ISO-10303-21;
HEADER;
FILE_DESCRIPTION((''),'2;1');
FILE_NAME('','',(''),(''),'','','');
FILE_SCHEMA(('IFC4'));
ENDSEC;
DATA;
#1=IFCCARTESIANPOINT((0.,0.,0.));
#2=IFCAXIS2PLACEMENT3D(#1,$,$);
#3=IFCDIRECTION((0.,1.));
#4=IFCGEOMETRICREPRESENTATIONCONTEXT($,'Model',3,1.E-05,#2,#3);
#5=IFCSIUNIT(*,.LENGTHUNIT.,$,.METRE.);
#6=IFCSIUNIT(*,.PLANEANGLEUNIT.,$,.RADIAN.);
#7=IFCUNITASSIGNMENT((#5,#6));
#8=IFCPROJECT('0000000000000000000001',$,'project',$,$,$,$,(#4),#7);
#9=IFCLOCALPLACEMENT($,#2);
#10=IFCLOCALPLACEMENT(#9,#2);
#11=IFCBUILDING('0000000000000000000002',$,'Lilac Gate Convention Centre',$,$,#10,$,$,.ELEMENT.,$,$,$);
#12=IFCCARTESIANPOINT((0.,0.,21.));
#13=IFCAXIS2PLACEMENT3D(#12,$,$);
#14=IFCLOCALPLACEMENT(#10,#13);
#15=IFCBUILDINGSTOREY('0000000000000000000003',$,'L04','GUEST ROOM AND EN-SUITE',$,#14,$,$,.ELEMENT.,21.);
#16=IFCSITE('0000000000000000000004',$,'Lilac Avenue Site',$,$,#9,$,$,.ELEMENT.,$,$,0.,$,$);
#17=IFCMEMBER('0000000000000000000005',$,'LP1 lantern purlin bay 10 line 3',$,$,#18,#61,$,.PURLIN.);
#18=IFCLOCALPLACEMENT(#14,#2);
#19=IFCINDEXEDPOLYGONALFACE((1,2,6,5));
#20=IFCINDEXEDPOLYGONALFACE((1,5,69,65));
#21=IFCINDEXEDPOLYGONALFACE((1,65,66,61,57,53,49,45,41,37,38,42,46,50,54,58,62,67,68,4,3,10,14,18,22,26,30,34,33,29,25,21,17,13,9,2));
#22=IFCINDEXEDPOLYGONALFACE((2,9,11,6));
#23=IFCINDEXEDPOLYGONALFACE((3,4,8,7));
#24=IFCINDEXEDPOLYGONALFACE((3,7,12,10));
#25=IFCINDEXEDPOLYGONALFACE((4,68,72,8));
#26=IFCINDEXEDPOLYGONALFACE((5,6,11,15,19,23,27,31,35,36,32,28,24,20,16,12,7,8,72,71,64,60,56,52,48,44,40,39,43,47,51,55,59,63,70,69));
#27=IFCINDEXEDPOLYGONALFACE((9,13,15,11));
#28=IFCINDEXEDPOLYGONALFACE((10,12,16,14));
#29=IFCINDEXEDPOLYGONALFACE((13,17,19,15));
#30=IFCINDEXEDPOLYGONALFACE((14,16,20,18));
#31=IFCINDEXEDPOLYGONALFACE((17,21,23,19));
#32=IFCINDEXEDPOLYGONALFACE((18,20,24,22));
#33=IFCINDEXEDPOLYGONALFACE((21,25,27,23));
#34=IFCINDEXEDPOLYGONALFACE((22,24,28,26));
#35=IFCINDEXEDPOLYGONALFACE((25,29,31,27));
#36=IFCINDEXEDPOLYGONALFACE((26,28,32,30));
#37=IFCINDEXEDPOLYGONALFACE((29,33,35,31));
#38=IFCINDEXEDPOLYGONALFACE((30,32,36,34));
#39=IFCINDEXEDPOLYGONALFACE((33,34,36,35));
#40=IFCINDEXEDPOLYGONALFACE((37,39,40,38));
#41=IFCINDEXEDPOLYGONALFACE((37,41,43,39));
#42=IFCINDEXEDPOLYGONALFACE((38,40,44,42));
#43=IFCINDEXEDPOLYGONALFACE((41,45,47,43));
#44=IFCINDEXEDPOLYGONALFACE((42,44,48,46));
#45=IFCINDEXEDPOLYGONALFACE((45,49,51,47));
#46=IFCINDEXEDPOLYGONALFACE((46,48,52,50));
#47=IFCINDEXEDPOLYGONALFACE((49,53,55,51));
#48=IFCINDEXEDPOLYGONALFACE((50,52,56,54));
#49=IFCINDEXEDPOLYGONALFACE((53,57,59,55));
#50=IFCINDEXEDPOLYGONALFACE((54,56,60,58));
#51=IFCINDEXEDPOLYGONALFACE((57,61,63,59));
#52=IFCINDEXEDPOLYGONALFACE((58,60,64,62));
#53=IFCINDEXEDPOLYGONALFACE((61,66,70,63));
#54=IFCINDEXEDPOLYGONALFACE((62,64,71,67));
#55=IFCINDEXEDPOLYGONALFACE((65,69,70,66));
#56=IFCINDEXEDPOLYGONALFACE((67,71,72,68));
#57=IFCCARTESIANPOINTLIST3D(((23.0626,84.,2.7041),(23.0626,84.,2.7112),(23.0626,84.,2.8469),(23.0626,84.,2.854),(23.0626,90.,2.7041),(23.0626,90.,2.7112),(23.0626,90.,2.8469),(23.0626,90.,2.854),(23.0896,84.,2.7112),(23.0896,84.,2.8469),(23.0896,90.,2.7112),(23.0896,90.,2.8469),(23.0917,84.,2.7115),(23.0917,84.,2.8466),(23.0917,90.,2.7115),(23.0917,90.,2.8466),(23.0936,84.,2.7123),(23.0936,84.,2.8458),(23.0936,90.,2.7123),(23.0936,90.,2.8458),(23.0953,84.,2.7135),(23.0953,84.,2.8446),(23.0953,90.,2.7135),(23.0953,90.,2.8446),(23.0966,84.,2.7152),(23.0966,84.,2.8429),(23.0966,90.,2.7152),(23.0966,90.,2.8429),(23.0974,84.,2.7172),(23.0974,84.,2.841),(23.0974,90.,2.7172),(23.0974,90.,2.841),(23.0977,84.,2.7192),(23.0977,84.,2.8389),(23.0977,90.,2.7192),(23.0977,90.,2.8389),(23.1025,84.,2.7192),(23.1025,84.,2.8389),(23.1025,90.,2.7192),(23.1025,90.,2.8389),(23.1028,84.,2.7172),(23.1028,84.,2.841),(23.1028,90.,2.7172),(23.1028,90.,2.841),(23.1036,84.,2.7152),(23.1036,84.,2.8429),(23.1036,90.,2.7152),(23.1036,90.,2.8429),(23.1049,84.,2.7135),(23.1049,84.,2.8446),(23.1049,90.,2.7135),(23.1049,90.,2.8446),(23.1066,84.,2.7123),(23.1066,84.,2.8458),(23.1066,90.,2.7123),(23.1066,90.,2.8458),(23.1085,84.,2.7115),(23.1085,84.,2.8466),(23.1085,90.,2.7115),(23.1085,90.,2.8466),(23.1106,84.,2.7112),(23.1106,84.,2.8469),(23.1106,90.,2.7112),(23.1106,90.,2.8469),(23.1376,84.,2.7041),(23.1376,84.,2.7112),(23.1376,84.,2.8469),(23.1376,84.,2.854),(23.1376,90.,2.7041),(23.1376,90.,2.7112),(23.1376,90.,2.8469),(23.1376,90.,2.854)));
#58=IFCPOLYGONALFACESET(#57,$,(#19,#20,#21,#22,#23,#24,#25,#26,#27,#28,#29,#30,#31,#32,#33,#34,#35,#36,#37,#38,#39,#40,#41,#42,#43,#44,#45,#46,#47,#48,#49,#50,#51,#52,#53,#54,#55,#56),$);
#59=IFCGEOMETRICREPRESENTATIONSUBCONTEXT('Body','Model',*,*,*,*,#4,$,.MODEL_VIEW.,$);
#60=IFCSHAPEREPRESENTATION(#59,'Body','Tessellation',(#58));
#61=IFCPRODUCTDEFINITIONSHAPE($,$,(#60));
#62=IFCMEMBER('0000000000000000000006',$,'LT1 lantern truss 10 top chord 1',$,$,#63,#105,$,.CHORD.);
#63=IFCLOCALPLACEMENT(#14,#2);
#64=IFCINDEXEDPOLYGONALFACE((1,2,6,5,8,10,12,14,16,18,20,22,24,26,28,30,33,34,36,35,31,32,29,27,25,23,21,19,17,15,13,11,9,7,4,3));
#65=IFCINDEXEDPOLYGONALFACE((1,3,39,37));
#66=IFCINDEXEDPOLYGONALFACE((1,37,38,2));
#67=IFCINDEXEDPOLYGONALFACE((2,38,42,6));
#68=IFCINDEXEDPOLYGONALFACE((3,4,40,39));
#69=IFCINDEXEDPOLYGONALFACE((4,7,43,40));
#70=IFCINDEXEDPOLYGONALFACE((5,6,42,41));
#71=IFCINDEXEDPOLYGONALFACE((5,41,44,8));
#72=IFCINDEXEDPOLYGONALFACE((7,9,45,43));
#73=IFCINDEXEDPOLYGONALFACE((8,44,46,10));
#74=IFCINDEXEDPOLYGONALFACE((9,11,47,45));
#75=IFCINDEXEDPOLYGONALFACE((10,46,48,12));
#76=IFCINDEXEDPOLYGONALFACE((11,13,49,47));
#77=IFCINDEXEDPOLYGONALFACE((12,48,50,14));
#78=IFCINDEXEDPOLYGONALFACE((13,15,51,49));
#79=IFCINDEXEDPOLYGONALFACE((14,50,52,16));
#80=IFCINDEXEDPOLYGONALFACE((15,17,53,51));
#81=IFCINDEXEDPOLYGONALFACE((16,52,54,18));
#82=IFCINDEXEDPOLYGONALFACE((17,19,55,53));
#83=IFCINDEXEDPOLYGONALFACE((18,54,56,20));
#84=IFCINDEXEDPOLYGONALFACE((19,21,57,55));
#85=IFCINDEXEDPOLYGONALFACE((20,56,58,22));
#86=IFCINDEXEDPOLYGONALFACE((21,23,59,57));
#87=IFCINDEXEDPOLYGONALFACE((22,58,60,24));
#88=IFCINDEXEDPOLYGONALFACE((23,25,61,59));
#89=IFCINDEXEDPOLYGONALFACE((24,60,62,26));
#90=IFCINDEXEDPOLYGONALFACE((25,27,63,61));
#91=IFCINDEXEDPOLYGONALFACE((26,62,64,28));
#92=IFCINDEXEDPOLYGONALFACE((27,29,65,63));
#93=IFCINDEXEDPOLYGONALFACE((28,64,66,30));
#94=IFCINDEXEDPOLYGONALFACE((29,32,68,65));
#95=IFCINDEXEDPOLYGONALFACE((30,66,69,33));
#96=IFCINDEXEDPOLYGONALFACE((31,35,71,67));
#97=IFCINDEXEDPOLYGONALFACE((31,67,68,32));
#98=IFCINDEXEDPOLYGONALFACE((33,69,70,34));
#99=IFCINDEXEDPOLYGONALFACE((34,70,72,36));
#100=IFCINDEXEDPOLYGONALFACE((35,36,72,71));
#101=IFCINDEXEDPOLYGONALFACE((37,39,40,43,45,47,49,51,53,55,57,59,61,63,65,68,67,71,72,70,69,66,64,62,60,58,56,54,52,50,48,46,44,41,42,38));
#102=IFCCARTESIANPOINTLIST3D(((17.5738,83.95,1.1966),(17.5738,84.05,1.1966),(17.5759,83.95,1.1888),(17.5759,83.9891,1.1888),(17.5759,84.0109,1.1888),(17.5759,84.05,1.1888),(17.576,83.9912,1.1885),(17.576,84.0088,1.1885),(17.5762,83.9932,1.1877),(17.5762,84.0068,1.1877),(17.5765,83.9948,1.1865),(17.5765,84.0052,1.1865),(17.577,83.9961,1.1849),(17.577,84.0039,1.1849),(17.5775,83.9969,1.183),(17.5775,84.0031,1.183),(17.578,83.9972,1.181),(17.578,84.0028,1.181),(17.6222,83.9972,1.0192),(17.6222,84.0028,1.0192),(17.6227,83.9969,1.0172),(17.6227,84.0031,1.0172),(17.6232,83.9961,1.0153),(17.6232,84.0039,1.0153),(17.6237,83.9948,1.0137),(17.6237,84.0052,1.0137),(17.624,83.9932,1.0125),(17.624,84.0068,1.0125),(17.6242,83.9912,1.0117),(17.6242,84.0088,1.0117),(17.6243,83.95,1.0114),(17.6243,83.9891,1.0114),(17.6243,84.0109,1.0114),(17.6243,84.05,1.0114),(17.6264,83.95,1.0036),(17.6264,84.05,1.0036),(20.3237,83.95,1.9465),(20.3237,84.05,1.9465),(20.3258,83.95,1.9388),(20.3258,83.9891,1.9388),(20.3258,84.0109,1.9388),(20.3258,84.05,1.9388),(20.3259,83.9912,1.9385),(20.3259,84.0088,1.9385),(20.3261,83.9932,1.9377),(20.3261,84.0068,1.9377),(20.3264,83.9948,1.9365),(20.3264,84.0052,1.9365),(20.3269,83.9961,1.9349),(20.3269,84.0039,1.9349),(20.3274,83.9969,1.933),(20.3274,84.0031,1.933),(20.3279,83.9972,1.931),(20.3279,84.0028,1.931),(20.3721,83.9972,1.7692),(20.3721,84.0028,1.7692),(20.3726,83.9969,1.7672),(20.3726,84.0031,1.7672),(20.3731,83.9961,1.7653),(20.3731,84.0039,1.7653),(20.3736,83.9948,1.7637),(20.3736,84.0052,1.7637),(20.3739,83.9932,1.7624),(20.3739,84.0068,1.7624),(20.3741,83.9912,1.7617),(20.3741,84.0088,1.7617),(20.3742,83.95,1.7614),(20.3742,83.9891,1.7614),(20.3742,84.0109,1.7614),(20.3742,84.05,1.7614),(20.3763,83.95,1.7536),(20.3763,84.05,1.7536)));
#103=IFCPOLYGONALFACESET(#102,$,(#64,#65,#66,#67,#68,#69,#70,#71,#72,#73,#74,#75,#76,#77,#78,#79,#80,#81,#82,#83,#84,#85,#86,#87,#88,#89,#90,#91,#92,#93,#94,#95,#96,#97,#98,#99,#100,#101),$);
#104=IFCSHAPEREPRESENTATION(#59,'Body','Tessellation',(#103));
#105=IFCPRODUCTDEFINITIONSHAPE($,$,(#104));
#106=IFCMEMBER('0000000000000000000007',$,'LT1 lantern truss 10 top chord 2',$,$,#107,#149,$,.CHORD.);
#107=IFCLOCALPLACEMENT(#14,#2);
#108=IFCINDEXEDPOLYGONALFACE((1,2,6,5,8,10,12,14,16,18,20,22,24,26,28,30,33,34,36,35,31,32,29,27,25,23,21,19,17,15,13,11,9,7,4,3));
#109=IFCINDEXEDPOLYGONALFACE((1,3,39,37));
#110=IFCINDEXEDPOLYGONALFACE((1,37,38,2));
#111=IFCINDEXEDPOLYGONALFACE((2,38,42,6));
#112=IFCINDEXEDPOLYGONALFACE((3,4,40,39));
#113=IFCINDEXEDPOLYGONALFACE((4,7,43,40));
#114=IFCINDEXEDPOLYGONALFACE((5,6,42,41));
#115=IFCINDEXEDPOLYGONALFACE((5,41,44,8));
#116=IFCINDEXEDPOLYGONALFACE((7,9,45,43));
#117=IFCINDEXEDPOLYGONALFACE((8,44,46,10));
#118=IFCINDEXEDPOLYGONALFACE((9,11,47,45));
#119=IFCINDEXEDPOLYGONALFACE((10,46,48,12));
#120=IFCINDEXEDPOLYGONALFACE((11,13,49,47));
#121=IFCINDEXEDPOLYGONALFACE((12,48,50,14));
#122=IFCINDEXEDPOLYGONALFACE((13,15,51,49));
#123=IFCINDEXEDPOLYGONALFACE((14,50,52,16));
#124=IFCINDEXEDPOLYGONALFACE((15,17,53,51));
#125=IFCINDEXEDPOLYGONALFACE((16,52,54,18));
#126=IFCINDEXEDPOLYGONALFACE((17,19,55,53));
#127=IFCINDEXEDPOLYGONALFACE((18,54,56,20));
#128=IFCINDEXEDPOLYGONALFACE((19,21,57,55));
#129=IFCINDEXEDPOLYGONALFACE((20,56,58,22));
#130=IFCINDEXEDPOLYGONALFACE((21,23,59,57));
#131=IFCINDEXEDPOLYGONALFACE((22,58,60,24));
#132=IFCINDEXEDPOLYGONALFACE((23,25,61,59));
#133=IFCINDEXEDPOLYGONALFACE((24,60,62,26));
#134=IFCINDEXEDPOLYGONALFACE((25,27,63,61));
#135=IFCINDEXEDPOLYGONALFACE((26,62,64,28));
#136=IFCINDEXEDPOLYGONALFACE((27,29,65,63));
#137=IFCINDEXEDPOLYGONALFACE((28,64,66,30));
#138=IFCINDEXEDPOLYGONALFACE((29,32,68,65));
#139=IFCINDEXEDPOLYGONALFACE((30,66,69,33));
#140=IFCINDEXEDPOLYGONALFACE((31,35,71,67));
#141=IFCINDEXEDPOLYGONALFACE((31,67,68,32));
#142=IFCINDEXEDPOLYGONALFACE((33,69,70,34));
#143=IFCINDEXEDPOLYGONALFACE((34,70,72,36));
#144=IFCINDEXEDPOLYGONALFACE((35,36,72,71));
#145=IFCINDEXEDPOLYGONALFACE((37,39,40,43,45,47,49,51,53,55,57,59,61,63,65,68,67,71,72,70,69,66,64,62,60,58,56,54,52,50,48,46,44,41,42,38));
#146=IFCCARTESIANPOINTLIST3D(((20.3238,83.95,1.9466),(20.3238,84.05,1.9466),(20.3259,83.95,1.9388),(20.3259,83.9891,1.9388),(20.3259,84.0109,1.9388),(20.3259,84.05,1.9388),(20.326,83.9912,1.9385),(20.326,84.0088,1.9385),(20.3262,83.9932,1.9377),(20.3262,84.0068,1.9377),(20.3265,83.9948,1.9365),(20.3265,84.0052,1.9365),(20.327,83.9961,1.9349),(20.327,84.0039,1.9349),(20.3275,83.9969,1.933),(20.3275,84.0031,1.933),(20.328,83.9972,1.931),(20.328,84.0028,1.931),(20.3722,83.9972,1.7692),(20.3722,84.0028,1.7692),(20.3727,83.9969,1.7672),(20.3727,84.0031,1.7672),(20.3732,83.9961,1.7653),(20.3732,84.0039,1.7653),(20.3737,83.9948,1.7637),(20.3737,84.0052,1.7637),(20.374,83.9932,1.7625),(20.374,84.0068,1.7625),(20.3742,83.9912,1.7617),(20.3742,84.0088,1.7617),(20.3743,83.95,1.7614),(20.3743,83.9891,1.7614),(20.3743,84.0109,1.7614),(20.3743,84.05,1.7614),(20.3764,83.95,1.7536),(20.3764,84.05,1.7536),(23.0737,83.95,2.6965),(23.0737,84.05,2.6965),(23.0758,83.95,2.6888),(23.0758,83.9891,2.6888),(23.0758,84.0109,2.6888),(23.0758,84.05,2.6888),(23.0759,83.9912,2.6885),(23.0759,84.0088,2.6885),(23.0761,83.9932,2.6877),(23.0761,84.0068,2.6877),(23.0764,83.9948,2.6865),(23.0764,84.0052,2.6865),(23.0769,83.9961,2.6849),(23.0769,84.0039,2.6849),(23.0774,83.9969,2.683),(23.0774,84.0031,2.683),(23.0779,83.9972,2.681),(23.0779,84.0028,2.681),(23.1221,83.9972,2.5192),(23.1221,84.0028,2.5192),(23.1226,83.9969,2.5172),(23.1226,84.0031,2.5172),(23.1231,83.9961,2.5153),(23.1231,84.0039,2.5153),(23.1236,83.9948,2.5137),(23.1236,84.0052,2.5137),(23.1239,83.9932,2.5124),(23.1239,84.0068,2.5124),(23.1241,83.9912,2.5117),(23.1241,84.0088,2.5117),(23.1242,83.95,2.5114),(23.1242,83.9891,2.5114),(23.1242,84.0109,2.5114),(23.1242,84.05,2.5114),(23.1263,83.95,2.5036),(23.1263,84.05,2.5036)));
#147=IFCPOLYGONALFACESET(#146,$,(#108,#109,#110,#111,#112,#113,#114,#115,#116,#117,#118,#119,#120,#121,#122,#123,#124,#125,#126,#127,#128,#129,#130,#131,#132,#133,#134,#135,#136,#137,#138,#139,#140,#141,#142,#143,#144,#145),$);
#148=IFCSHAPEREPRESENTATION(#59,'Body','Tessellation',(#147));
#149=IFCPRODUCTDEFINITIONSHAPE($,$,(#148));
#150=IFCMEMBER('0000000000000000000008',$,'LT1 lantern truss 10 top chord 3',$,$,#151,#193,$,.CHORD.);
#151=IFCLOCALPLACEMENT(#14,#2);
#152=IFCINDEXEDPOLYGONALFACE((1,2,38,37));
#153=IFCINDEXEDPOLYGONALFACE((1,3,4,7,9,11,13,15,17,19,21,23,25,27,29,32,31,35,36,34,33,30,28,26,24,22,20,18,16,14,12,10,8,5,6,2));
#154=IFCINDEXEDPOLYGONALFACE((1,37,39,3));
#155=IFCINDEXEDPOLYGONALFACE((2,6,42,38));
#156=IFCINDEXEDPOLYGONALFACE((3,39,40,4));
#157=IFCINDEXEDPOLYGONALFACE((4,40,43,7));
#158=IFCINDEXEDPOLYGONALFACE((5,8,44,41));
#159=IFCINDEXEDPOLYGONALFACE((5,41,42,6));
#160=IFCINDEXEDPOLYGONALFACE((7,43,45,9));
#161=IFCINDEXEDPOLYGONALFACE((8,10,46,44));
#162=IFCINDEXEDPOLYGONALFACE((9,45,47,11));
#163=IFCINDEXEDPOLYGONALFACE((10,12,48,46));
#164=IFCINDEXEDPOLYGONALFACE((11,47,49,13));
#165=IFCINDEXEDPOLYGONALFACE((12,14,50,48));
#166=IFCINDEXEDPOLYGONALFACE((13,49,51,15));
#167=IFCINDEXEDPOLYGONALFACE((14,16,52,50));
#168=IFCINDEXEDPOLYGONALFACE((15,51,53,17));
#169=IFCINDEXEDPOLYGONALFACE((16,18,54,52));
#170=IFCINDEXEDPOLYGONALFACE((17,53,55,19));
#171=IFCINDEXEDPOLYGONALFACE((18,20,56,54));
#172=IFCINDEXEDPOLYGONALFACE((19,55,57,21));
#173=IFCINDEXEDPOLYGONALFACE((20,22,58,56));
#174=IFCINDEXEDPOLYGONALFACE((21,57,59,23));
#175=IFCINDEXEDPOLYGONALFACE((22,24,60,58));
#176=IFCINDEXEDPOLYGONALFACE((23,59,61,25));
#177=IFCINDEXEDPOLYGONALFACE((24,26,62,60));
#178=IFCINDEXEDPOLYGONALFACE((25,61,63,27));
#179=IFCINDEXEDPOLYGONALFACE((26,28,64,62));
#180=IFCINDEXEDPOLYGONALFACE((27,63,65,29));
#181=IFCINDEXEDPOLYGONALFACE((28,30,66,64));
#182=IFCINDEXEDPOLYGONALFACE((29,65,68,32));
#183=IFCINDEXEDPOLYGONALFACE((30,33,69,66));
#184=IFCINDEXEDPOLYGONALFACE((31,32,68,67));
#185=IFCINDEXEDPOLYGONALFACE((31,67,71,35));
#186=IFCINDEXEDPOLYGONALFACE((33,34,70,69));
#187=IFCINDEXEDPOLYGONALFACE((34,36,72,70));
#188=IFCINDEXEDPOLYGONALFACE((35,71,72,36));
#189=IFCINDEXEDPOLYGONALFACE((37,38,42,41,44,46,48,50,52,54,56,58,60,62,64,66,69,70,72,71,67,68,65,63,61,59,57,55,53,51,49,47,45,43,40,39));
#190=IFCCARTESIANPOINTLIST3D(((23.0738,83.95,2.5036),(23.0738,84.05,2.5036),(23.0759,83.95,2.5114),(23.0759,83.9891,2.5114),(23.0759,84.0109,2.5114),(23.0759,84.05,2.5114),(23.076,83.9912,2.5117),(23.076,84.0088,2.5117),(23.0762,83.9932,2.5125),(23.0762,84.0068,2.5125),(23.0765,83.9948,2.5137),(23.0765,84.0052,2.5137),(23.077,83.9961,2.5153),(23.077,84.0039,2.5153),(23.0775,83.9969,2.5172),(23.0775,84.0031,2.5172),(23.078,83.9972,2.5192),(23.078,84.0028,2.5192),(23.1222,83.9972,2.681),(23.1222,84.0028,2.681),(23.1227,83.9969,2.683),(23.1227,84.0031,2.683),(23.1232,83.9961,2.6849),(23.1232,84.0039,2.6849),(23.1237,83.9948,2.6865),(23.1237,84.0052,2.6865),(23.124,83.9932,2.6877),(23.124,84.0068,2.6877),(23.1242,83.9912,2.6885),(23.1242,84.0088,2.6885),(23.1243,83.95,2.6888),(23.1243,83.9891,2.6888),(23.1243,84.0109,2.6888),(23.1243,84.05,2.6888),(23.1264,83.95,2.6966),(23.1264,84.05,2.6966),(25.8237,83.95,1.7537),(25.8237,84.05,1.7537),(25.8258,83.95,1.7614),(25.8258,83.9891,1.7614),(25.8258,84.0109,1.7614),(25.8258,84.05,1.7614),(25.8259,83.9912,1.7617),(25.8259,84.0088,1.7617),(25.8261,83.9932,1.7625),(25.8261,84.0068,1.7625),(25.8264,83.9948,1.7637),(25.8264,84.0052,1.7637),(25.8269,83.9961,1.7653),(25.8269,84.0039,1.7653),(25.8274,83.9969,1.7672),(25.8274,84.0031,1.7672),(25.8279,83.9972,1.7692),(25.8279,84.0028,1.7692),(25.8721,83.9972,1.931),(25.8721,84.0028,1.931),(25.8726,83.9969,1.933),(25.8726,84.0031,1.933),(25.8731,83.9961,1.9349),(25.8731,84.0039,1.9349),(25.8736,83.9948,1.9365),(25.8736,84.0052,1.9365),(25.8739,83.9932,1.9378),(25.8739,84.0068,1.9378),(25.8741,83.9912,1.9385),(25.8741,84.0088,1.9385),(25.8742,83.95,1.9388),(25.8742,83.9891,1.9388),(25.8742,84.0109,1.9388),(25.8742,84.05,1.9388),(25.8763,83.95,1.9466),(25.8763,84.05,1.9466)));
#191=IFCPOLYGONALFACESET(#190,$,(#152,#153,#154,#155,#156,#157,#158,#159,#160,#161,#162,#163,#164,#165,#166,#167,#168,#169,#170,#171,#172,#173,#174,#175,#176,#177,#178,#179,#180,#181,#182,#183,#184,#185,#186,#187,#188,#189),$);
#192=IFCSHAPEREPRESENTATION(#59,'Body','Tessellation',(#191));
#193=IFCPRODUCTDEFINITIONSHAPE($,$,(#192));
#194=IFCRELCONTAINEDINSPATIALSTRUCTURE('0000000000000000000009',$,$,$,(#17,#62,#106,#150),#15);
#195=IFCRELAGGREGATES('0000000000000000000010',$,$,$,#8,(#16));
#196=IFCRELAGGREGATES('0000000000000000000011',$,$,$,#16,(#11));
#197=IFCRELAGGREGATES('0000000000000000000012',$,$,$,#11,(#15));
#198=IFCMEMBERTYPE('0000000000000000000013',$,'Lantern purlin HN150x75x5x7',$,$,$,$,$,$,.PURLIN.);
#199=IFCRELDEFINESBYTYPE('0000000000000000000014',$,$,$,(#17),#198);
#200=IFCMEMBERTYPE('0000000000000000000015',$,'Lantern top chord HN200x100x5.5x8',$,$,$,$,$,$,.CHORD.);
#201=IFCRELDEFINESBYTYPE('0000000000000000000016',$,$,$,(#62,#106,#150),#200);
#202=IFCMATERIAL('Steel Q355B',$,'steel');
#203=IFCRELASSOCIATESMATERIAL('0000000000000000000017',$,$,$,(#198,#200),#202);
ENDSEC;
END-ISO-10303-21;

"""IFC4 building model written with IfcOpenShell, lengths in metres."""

from ifc_helpers import new_model, si_unit, direction, frame, origin, origin_2d, place, context, subcontext, project, spatial, i_section, extrude, material, material_profile, profile_set, type_object, element, save


model = new_model("IFC4")

# Units and contexts
model_context = context("Model", 3, precision=1e-05, world=origin(), true_north=direction((0.0, 1.0)))
body_context = subcontext(model_context, "Body", "Model", "MODEL_VIEW")
ifc_project = project(units=[si_unit("LENGTHUNIT", "METRE"), si_unit("PLANEANGLEUNIT", "RADIAN")], contexts=[model_context])

# Site, building, storey
site_placement = place(None, origin())
site = spatial("IfcSite", under=ifc_project, at=site_placement, Name="Lilac Avenue Site", CompositionType="ELEMENT", RefElevation=0.0)
building_placement = place(site_placement, origin())
building = spatial("IfcBuilding", under=site, at=building_placement, Name="Lilac Gate Convention Centre", CompositionType="ELEMENT")
storey_placement = place(building_placement, frame((0.0, 0.0, 21.0)))
storey = spatial("IfcBuildingStorey", under=building, at=storey_placement, Name="L04", Description="GUEST ROOM AND EN-SUITE", CompositionType="ELEMENT", Elevation=21.0)

# Members
ifc_material_1 = material(Name="Steel Q355B", Category="steel")
ifc_material_profile_1 = material_profile(ifc_material_1, i_section(OverallWidth=0.075, OverallDepth=0.1499, WebThickness=0.0049, FlangeThickness=0.0071, FilletRadius=0.0081, at=origin_2d()), Name="HN150x75x5x7")
ifc_profile_set_1 = profile_set([ifc_material_profile_1], Name="Steel Q355B")
member_type_1 = type_object("IfcMemberType", Name="Lantern purlin HN150x75x5x7", PredefinedType="PURLIN", material=ifc_profile_set_1)
for number, where, z_axis, x_axis, name in (
    (1, (23.1001, 84.0, 2.7791), (0.0, 1.0, 0.0), (-1.0, 0.0, 0.0), "LP1 lantern purlin bay 10 line 3"),
):
    element("IfcMember", number, at=place(storey_placement, frame(where, z_axis=z_axis, x_axis=x_axis)), inside=storey, type_object=member_type_1, Name=name, PredefinedType="PURLIN", context=body_context, shape_type="SweptSolid", body=[
        extrude(i_section(OverallWidth=0.075, OverallDepth=0.1499, WebThickness=0.0049, FlangeThickness=0.0071, FilletRadius=0.0081, at=origin_2d()), origin(), (0.0, 0.0, 1.0), 6.0),
    ])
ifc_material_profile_2 = material_profile(ifc_material_1, i_section(OverallWidth=0.1001, OverallDepth=0.2, WebThickness=0.0056, FlangeThickness=0.0081, FilletRadius=0.0081, at=origin_2d()), Name="HN200x100x5.5x8")
ifc_profile_set_2 = profile_set([ifc_material_profile_2], Name="Steel Q355B")
member_type_2 = type_object("IfcMemberType", Name="Lantern top chord HN200x100x5.5x8", PredefinedType="CHORD", material=ifc_profile_set_2)
for number, where, z_axis, x_axis, name in (
    (2, (17.6001, 84.0, 1.1001), (0.964764, 0.0, 0.263117), (0.0, 1.0, 0.0), "LT1 lantern truss 10 top chord 1"),
    (3, (20.3501, 84.0, 1.8501), (0.964764, 0.0, 0.263117), (0.0, 1.0, 0.0), "LT1 lantern truss 10 top chord 2"),
    (4, (23.1001, 84.0, 2.6001), (0.964764, 0.0, -0.263117), (0.0, 1.0, 0.0), "LT1 lantern truss 10 top chord 3"),
):
    element("IfcMember", number, at=place(storey_placement, frame(where, z_axis=z_axis, x_axis=x_axis)), inside=storey, type_object=member_type_2, Name=name, PredefinedType="CHORD", context=body_context, shape_type="SweptSolid", body=[
        extrude(i_section(OverallWidth=0.1001, OverallDepth=0.2, WebThickness=0.0056, FlangeThickness=0.0081, FilletRadius=0.0081, at=origin_2d()), origin(), (0.0, 0.0, 1.0), 2.8503),
    ])

save(model, "model.ifc")
